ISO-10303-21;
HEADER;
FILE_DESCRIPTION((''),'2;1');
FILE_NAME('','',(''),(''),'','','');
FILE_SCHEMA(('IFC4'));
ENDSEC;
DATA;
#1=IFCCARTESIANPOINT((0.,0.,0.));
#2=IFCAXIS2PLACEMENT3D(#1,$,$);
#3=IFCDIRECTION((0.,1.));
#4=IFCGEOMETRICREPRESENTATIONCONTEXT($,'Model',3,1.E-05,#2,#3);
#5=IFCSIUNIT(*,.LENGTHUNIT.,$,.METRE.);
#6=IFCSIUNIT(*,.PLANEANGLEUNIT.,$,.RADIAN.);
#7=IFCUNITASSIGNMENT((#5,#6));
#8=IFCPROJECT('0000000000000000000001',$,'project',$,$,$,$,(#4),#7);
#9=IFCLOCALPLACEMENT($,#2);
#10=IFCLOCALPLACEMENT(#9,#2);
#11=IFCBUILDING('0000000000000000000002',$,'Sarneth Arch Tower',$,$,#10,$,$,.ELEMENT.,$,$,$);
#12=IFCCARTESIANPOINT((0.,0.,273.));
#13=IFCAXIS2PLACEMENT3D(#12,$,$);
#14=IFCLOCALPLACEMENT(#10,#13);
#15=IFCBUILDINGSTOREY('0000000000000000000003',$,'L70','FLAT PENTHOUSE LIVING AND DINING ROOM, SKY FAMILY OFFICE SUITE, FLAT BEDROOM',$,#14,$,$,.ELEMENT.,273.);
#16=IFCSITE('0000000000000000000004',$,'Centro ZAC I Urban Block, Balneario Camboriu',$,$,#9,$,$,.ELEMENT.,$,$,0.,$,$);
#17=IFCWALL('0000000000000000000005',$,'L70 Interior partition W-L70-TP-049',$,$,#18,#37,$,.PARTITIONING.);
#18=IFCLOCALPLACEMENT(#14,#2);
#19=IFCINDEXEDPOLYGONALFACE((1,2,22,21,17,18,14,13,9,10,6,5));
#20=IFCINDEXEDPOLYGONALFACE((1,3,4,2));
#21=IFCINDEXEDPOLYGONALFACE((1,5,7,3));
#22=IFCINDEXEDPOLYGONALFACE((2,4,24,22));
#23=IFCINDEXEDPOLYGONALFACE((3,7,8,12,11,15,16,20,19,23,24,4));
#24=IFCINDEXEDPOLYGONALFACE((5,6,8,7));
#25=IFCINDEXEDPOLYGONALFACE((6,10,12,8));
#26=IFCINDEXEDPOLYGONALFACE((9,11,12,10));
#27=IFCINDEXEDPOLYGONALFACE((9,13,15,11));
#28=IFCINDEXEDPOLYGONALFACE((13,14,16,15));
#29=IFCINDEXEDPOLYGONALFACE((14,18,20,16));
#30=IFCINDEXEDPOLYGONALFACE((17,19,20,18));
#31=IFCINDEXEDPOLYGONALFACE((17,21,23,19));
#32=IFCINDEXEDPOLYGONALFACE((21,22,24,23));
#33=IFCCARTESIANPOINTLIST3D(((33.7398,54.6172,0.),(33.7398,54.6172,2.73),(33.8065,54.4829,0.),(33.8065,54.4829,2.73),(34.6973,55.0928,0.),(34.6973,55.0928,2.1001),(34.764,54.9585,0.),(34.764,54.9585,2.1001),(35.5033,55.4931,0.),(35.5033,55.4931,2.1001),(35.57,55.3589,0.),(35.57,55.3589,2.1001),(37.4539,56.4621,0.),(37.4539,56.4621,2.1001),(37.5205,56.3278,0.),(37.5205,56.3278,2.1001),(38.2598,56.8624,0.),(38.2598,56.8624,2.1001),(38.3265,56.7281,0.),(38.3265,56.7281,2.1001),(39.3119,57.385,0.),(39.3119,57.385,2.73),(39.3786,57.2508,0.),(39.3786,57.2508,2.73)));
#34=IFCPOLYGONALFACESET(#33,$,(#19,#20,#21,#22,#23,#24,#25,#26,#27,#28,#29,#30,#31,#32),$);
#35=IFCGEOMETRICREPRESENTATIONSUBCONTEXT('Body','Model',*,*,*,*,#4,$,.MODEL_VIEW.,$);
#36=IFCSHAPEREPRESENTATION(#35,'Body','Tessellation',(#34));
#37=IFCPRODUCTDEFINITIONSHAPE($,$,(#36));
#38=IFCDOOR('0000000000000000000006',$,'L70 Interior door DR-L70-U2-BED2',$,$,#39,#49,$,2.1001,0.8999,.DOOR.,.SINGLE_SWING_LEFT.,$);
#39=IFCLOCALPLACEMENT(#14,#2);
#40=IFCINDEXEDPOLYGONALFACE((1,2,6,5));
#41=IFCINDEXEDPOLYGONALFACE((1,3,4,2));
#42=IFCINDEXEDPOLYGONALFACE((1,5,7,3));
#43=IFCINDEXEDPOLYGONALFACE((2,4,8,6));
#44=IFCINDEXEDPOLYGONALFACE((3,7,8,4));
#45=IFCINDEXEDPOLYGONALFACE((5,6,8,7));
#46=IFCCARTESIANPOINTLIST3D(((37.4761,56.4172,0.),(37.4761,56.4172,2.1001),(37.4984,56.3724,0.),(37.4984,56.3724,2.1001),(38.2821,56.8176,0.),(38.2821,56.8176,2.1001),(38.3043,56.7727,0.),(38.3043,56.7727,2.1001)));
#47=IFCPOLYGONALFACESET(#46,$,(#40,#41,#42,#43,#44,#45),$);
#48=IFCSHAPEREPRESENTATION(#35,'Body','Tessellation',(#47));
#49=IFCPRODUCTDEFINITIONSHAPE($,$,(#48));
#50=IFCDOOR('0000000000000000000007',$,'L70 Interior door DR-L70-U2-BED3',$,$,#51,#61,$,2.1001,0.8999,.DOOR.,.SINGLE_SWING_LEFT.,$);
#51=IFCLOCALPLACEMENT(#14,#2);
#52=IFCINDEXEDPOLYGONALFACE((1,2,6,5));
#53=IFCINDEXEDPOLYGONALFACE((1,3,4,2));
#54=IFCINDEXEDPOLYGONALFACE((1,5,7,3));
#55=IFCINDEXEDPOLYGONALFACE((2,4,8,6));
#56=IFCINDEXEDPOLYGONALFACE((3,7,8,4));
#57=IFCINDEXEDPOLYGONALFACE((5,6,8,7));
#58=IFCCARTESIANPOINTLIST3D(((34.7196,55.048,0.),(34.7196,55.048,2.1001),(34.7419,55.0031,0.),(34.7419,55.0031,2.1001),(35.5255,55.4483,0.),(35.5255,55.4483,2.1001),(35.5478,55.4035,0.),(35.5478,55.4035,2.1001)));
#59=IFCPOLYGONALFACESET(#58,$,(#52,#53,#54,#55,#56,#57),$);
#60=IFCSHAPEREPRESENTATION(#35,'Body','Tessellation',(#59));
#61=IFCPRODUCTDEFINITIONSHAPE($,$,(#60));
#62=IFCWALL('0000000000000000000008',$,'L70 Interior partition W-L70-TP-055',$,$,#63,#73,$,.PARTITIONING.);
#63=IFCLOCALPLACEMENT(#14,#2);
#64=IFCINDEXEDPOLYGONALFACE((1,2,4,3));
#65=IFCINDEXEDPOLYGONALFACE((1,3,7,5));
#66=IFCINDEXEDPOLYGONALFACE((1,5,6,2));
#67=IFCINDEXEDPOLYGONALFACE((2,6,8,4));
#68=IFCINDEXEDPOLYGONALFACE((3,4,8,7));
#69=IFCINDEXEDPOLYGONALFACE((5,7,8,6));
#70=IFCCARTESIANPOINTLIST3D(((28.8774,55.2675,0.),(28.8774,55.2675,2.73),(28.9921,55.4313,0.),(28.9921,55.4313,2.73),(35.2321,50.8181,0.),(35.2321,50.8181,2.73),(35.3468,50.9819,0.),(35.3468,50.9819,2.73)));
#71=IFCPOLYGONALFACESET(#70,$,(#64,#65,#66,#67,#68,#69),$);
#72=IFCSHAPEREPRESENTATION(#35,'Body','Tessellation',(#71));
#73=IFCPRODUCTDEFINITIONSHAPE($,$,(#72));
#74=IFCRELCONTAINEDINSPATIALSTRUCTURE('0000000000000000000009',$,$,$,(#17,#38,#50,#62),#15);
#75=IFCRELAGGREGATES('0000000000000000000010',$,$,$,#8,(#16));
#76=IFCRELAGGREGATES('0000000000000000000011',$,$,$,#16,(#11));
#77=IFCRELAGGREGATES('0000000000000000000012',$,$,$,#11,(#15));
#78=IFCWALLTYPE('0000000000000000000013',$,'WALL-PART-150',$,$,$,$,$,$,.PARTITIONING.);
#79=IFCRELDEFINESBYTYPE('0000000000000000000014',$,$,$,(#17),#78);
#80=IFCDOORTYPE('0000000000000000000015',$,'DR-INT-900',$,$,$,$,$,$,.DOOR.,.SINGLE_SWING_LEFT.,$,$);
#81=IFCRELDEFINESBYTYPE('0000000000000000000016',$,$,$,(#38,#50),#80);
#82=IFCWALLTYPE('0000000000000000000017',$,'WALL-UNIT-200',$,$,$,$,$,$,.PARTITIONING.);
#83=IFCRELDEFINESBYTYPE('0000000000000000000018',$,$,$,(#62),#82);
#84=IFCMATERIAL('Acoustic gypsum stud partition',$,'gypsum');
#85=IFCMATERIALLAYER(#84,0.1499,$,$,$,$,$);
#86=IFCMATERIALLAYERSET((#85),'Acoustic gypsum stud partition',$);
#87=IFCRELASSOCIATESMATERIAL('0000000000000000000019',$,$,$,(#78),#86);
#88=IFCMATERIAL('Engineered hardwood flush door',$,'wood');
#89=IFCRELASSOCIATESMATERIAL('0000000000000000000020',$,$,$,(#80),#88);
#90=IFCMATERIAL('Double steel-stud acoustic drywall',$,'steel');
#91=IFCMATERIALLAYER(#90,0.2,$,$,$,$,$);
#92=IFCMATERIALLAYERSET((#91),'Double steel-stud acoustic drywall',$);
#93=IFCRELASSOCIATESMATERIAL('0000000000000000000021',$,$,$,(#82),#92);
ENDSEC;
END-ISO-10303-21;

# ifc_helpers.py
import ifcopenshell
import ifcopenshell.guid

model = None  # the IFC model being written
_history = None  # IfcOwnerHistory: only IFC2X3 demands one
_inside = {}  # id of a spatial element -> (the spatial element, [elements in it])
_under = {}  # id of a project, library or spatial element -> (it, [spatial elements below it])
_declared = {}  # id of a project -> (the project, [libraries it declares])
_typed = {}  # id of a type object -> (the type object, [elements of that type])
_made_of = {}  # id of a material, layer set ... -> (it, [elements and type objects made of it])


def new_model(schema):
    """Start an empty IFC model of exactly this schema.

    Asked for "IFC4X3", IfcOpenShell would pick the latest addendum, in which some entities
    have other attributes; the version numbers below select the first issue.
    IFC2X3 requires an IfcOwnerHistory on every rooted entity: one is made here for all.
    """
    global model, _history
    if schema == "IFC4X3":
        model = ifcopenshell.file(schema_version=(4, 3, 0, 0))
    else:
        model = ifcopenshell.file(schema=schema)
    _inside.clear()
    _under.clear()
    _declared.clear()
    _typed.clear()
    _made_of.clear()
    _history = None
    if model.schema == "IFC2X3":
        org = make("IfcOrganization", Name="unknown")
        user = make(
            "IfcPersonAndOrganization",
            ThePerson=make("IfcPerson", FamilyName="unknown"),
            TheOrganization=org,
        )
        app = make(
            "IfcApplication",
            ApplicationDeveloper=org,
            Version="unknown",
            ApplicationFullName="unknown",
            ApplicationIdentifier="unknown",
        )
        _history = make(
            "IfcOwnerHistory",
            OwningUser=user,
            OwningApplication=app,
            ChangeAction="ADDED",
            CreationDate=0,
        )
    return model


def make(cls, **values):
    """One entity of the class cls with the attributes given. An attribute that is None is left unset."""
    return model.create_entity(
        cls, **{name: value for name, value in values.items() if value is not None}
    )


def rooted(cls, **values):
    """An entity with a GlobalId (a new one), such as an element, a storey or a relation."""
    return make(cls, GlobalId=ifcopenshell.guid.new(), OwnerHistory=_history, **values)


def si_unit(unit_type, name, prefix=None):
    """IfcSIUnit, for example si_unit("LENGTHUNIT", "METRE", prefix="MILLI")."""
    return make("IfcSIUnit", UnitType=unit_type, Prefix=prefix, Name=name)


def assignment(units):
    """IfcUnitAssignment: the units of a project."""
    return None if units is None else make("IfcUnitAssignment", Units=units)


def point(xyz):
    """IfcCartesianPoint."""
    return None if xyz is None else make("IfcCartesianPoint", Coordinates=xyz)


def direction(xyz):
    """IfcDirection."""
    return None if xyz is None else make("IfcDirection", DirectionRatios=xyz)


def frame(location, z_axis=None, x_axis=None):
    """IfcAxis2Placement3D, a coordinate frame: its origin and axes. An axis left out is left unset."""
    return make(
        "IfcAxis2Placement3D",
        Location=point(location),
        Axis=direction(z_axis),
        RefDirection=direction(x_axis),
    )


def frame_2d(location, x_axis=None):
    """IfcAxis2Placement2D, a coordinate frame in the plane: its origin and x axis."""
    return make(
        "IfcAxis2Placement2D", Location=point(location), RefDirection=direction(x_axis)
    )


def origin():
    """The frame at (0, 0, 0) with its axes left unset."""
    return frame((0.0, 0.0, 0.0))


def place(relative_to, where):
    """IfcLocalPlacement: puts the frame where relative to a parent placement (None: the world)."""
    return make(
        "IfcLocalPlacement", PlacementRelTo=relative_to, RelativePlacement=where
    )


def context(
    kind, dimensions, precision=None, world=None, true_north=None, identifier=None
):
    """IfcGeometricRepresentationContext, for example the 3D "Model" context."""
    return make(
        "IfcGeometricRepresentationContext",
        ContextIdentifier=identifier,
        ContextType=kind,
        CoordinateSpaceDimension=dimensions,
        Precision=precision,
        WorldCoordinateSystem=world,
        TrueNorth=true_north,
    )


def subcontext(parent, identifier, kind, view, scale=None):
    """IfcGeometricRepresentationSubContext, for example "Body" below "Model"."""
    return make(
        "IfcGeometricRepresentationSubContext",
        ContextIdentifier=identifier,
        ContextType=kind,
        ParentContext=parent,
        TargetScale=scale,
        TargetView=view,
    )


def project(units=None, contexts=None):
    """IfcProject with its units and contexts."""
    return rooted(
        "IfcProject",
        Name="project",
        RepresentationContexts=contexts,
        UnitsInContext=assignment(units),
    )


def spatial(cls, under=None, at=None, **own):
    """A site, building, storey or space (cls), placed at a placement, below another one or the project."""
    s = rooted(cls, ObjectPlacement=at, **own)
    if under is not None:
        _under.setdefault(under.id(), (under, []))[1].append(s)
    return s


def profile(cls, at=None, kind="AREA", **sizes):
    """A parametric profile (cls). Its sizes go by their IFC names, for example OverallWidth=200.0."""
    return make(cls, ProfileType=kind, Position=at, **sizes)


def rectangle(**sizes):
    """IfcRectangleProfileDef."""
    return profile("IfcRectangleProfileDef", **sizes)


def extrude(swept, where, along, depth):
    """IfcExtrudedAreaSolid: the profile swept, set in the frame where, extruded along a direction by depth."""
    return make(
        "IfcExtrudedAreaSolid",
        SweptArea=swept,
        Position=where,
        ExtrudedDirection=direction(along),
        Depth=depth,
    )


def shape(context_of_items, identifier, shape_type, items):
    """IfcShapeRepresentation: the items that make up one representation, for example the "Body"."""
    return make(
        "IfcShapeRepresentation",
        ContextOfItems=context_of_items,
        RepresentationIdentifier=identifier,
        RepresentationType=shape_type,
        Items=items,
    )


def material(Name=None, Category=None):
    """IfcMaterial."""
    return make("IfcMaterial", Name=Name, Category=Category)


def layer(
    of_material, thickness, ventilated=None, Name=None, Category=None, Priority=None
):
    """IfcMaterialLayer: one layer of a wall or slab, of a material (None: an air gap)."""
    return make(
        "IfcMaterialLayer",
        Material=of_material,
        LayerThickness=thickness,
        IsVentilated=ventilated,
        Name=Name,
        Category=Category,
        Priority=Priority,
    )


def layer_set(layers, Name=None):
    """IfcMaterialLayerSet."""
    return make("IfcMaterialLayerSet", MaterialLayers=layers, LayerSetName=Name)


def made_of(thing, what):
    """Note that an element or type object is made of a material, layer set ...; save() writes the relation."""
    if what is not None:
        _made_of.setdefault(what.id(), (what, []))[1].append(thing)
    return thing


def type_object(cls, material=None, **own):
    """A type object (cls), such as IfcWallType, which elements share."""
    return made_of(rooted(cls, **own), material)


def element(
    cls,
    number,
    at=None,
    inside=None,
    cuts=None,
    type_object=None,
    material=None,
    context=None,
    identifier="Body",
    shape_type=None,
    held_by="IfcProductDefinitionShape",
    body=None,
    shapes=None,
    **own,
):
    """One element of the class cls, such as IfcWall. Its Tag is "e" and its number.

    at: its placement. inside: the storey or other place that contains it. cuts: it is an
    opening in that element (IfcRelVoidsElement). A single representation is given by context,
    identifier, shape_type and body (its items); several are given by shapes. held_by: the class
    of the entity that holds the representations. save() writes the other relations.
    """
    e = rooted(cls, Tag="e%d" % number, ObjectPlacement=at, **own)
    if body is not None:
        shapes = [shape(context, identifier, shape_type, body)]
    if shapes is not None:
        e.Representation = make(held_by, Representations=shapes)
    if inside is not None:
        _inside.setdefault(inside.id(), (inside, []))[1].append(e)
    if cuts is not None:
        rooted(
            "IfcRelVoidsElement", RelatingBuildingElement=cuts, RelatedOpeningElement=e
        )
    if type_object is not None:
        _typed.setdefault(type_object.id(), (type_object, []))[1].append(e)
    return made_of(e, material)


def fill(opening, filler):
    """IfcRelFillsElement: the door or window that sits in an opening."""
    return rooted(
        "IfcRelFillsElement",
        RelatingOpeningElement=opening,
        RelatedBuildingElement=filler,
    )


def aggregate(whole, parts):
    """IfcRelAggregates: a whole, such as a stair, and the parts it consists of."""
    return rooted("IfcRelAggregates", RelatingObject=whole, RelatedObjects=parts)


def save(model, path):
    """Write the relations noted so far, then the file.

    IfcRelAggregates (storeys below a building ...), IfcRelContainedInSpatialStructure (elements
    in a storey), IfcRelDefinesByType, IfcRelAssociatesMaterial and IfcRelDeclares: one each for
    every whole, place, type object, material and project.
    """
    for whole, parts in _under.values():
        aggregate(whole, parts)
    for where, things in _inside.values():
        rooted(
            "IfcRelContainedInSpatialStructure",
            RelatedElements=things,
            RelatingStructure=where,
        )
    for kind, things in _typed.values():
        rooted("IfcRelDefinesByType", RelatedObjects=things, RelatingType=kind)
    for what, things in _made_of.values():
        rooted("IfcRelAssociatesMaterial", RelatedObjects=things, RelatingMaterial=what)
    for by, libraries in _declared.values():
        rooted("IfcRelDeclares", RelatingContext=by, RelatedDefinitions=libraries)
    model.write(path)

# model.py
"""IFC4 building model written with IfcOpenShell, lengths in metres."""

from ifc_helpers import new_model, si_unit, direction, frame, frame_2d, origin, place, context, subcontext, project, spatial, rectangle, extrude, material, layer, layer_set, type_object, element, fill, save


model = new_model("IFC4")

# Units and contexts
model_context = context("Model", 3, precision=1e-05, world=origin(), true_north=direction((0.0, 1.0)))
body_context = subcontext(model_context, "Body", "Model", "MODEL_VIEW")
ifc_project = project(units=[si_unit("LENGTHUNIT", "METRE"), si_unit("PLANEANGLEUNIT", "RADIAN")], contexts=[model_context])

# Site, building, storey
site_placement = place(None, origin())
site = spatial("IfcSite", under=ifc_project, at=site_placement, Name="Centro ZAC I Urban Block, Balneario Camboriu", CompositionType="ELEMENT", RefElevation=0.0)
building_placement = place(site_placement, origin())
building = spatial("IfcBuilding", under=site, at=building_placement, Name="Sarneth Arch Tower", CompositionType="ELEMENT")
storey_placement = place(building_placement, frame((0.0, 0.0, 273.0)))
storey = spatial("IfcBuildingStorey", under=building, at=storey_placement, Name="L70", Description="FLAT PENTHOUSE LIVING AND DINING ROOM, SKY FAMILY OFFICE SUITE, FLAT BEDROOM", CompositionType="ELEMENT", Elevation=273.0)

# Wall, openings, doors
ifc_material_1 = material(Name="Acoustic gypsum stud partition", Category="gypsum")
ifc_layer_1 = layer(ifc_material_1, 0.1499)
ifc_layer_set_1 = layer_set([ifc_layer_1], Name="Acoustic gypsum stud partition")
wall_type_1 = type_object("IfcWallType", Name="WALL-PART-150", PredefinedType="PARTITIONING", material=ifc_layer_set_1)
wall_1_placement = place(storey_placement, frame((33.7732, 54.55, 0.0), z_axis=(0.0, 0.0, 1.0), x_axis=(0.895594, 0.444873, 0.0)))
wall_1 = element("IfcWall", 1, at=wall_1_placement, inside=storey, type_object=wall_type_1, Name="L70 Interior partition W-L70-TP-049", PredefinedType="PARTITIONING", context=body_context, shape_type="SweptSolid", body=[
    extrude(rectangle(XDim=6.2217, YDim=0.1499, at=frame_2d((3.1108, 0.0))), origin(), (0.0, 0.0, 1.0), 2.73),
])
opening_1_placement = place(wall_1_placement, frame((4.147, 0.0, 0.0)))
opening_1 = element("IfcOpeningElement", 2, at=opening_1_placement, cuts=wall_1, PredefinedType="OPENING", context=body_context, shape_type="SweptSolid", body=[
    extrude(rectangle(XDim=0.8999, YDim=2.1001, at=frame_2d((0.45, 1.05))), frame((0.0, 0.085, 0.0), z_axis=(0.0, -1.0, 0.0), x_axis=(1.0, 0.0, 0.0)), (0.0, 0.0, 1.0), 0.1699),
])
opening_2_placement = place(wall_1_placement, frame((1.0691, 0.0, 0.0)))
opening_2 = element("IfcOpeningElement", 3, at=opening_2_placement, cuts=wall_1, PredefinedType="OPENING", context=body_context, shape_type="SweptSolid", body=[
    extrude(rectangle(XDim=0.8999, YDim=2.1001, at=frame_2d((0.45, 1.05))), frame((0.0, 0.085, 0.0), z_axis=(0.0, -1.0, 0.0), x_axis=(1.0, 0.0, 0.0)), (0.0, 0.0, 1.0), 0.1699),
])
ifc_material_2 = material(Name="Engineered hardwood flush door", Category="wood")
door_type_1 = type_object("IfcDoorType", Name="DR-INT-900", OperationType="SINGLE_SWING_LEFT", PredefinedType="DOOR", material=ifc_material_2)
door_1_placement = place(opening_1_placement, origin())
door_1 = element("IfcDoor", 4, at=door_1_placement, inside=storey, type_object=door_type_1, Name="L70 Interior door DR-L70-U2-BED2", OperationType="SINGLE_SWING_LEFT", OverallHeight=2.1001, OverallWidth=0.8999, PredefinedType="DOOR", context=body_context, shape_type="SweptSolid", body=[
    extrude(rectangle(XDim=0.8999, YDim=2.1001, at=frame_2d((0.45, 1.05))), frame((0.0, 0.0249, 0.0), z_axis=(0.0, -1.0, 0.0), x_axis=(1.0, 0.0, 0.0)), (0.0, 0.0, 1.0), 0.05),
])
fill(opening_1, door_1)
door_2_placement = place(opening_2_placement, origin())
door_2 = element("IfcDoor", 5, at=door_2_placement, inside=storey, type_object=door_type_1, Name="L70 Interior door DR-L70-U2-BED3", OperationType="SINGLE_SWING_LEFT", OverallHeight=2.1001, OverallWidth=0.8999, PredefinedType="DOOR", context=body_context, shape_type="SweptSolid", body=[
    extrude(rectangle(XDim=0.8999, YDim=2.1001, at=frame_2d((0.45, 1.05))), frame((0.0, 0.0249, 0.0), z_axis=(0.0, -1.0, 0.0), x_axis=(1.0, 0.0, 0.0)), (0.0, 0.0, 1.0), 0.05),
])
fill(opening_2, door_2)

# Wall
ifc_material_3 = material(Name="Double steel-stud acoustic drywall", Category="steel")
ifc_layer_2 = layer(ifc_material_3, 0.2)
ifc_layer_set_2 = layer_set([ifc_layer_2], Name="Double steel-stud acoustic drywall")
wall_type_2 = type_object("IfcWallType", Name="WALL-UNIT-200", PredefinedType="PARTITIONING", material=ifc_layer_set_2)
wall_2_placement = place(storey_placement, frame((35.2896, 50.8999, 0.0), z_axis=(0.0, 0.0, 1.0), x_axis=(-0.819162, 0.573562, 0.0)))
element("IfcWall", 6, at=wall_2_placement, inside=storey, type_object=wall_type_2, Name="L70 Interior partition W-L70-TP-055", PredefinedType="PARTITIONING", context=body_context, shape_type="SweptSolid", body=[
    extrude(rectangle(XDim=7.7576, YDim=0.2, at=frame_2d((3.8789, 0.0))), origin(), (0.0, 0.0, 1.0), 2.73),
])

save(model, "model.ifc")
